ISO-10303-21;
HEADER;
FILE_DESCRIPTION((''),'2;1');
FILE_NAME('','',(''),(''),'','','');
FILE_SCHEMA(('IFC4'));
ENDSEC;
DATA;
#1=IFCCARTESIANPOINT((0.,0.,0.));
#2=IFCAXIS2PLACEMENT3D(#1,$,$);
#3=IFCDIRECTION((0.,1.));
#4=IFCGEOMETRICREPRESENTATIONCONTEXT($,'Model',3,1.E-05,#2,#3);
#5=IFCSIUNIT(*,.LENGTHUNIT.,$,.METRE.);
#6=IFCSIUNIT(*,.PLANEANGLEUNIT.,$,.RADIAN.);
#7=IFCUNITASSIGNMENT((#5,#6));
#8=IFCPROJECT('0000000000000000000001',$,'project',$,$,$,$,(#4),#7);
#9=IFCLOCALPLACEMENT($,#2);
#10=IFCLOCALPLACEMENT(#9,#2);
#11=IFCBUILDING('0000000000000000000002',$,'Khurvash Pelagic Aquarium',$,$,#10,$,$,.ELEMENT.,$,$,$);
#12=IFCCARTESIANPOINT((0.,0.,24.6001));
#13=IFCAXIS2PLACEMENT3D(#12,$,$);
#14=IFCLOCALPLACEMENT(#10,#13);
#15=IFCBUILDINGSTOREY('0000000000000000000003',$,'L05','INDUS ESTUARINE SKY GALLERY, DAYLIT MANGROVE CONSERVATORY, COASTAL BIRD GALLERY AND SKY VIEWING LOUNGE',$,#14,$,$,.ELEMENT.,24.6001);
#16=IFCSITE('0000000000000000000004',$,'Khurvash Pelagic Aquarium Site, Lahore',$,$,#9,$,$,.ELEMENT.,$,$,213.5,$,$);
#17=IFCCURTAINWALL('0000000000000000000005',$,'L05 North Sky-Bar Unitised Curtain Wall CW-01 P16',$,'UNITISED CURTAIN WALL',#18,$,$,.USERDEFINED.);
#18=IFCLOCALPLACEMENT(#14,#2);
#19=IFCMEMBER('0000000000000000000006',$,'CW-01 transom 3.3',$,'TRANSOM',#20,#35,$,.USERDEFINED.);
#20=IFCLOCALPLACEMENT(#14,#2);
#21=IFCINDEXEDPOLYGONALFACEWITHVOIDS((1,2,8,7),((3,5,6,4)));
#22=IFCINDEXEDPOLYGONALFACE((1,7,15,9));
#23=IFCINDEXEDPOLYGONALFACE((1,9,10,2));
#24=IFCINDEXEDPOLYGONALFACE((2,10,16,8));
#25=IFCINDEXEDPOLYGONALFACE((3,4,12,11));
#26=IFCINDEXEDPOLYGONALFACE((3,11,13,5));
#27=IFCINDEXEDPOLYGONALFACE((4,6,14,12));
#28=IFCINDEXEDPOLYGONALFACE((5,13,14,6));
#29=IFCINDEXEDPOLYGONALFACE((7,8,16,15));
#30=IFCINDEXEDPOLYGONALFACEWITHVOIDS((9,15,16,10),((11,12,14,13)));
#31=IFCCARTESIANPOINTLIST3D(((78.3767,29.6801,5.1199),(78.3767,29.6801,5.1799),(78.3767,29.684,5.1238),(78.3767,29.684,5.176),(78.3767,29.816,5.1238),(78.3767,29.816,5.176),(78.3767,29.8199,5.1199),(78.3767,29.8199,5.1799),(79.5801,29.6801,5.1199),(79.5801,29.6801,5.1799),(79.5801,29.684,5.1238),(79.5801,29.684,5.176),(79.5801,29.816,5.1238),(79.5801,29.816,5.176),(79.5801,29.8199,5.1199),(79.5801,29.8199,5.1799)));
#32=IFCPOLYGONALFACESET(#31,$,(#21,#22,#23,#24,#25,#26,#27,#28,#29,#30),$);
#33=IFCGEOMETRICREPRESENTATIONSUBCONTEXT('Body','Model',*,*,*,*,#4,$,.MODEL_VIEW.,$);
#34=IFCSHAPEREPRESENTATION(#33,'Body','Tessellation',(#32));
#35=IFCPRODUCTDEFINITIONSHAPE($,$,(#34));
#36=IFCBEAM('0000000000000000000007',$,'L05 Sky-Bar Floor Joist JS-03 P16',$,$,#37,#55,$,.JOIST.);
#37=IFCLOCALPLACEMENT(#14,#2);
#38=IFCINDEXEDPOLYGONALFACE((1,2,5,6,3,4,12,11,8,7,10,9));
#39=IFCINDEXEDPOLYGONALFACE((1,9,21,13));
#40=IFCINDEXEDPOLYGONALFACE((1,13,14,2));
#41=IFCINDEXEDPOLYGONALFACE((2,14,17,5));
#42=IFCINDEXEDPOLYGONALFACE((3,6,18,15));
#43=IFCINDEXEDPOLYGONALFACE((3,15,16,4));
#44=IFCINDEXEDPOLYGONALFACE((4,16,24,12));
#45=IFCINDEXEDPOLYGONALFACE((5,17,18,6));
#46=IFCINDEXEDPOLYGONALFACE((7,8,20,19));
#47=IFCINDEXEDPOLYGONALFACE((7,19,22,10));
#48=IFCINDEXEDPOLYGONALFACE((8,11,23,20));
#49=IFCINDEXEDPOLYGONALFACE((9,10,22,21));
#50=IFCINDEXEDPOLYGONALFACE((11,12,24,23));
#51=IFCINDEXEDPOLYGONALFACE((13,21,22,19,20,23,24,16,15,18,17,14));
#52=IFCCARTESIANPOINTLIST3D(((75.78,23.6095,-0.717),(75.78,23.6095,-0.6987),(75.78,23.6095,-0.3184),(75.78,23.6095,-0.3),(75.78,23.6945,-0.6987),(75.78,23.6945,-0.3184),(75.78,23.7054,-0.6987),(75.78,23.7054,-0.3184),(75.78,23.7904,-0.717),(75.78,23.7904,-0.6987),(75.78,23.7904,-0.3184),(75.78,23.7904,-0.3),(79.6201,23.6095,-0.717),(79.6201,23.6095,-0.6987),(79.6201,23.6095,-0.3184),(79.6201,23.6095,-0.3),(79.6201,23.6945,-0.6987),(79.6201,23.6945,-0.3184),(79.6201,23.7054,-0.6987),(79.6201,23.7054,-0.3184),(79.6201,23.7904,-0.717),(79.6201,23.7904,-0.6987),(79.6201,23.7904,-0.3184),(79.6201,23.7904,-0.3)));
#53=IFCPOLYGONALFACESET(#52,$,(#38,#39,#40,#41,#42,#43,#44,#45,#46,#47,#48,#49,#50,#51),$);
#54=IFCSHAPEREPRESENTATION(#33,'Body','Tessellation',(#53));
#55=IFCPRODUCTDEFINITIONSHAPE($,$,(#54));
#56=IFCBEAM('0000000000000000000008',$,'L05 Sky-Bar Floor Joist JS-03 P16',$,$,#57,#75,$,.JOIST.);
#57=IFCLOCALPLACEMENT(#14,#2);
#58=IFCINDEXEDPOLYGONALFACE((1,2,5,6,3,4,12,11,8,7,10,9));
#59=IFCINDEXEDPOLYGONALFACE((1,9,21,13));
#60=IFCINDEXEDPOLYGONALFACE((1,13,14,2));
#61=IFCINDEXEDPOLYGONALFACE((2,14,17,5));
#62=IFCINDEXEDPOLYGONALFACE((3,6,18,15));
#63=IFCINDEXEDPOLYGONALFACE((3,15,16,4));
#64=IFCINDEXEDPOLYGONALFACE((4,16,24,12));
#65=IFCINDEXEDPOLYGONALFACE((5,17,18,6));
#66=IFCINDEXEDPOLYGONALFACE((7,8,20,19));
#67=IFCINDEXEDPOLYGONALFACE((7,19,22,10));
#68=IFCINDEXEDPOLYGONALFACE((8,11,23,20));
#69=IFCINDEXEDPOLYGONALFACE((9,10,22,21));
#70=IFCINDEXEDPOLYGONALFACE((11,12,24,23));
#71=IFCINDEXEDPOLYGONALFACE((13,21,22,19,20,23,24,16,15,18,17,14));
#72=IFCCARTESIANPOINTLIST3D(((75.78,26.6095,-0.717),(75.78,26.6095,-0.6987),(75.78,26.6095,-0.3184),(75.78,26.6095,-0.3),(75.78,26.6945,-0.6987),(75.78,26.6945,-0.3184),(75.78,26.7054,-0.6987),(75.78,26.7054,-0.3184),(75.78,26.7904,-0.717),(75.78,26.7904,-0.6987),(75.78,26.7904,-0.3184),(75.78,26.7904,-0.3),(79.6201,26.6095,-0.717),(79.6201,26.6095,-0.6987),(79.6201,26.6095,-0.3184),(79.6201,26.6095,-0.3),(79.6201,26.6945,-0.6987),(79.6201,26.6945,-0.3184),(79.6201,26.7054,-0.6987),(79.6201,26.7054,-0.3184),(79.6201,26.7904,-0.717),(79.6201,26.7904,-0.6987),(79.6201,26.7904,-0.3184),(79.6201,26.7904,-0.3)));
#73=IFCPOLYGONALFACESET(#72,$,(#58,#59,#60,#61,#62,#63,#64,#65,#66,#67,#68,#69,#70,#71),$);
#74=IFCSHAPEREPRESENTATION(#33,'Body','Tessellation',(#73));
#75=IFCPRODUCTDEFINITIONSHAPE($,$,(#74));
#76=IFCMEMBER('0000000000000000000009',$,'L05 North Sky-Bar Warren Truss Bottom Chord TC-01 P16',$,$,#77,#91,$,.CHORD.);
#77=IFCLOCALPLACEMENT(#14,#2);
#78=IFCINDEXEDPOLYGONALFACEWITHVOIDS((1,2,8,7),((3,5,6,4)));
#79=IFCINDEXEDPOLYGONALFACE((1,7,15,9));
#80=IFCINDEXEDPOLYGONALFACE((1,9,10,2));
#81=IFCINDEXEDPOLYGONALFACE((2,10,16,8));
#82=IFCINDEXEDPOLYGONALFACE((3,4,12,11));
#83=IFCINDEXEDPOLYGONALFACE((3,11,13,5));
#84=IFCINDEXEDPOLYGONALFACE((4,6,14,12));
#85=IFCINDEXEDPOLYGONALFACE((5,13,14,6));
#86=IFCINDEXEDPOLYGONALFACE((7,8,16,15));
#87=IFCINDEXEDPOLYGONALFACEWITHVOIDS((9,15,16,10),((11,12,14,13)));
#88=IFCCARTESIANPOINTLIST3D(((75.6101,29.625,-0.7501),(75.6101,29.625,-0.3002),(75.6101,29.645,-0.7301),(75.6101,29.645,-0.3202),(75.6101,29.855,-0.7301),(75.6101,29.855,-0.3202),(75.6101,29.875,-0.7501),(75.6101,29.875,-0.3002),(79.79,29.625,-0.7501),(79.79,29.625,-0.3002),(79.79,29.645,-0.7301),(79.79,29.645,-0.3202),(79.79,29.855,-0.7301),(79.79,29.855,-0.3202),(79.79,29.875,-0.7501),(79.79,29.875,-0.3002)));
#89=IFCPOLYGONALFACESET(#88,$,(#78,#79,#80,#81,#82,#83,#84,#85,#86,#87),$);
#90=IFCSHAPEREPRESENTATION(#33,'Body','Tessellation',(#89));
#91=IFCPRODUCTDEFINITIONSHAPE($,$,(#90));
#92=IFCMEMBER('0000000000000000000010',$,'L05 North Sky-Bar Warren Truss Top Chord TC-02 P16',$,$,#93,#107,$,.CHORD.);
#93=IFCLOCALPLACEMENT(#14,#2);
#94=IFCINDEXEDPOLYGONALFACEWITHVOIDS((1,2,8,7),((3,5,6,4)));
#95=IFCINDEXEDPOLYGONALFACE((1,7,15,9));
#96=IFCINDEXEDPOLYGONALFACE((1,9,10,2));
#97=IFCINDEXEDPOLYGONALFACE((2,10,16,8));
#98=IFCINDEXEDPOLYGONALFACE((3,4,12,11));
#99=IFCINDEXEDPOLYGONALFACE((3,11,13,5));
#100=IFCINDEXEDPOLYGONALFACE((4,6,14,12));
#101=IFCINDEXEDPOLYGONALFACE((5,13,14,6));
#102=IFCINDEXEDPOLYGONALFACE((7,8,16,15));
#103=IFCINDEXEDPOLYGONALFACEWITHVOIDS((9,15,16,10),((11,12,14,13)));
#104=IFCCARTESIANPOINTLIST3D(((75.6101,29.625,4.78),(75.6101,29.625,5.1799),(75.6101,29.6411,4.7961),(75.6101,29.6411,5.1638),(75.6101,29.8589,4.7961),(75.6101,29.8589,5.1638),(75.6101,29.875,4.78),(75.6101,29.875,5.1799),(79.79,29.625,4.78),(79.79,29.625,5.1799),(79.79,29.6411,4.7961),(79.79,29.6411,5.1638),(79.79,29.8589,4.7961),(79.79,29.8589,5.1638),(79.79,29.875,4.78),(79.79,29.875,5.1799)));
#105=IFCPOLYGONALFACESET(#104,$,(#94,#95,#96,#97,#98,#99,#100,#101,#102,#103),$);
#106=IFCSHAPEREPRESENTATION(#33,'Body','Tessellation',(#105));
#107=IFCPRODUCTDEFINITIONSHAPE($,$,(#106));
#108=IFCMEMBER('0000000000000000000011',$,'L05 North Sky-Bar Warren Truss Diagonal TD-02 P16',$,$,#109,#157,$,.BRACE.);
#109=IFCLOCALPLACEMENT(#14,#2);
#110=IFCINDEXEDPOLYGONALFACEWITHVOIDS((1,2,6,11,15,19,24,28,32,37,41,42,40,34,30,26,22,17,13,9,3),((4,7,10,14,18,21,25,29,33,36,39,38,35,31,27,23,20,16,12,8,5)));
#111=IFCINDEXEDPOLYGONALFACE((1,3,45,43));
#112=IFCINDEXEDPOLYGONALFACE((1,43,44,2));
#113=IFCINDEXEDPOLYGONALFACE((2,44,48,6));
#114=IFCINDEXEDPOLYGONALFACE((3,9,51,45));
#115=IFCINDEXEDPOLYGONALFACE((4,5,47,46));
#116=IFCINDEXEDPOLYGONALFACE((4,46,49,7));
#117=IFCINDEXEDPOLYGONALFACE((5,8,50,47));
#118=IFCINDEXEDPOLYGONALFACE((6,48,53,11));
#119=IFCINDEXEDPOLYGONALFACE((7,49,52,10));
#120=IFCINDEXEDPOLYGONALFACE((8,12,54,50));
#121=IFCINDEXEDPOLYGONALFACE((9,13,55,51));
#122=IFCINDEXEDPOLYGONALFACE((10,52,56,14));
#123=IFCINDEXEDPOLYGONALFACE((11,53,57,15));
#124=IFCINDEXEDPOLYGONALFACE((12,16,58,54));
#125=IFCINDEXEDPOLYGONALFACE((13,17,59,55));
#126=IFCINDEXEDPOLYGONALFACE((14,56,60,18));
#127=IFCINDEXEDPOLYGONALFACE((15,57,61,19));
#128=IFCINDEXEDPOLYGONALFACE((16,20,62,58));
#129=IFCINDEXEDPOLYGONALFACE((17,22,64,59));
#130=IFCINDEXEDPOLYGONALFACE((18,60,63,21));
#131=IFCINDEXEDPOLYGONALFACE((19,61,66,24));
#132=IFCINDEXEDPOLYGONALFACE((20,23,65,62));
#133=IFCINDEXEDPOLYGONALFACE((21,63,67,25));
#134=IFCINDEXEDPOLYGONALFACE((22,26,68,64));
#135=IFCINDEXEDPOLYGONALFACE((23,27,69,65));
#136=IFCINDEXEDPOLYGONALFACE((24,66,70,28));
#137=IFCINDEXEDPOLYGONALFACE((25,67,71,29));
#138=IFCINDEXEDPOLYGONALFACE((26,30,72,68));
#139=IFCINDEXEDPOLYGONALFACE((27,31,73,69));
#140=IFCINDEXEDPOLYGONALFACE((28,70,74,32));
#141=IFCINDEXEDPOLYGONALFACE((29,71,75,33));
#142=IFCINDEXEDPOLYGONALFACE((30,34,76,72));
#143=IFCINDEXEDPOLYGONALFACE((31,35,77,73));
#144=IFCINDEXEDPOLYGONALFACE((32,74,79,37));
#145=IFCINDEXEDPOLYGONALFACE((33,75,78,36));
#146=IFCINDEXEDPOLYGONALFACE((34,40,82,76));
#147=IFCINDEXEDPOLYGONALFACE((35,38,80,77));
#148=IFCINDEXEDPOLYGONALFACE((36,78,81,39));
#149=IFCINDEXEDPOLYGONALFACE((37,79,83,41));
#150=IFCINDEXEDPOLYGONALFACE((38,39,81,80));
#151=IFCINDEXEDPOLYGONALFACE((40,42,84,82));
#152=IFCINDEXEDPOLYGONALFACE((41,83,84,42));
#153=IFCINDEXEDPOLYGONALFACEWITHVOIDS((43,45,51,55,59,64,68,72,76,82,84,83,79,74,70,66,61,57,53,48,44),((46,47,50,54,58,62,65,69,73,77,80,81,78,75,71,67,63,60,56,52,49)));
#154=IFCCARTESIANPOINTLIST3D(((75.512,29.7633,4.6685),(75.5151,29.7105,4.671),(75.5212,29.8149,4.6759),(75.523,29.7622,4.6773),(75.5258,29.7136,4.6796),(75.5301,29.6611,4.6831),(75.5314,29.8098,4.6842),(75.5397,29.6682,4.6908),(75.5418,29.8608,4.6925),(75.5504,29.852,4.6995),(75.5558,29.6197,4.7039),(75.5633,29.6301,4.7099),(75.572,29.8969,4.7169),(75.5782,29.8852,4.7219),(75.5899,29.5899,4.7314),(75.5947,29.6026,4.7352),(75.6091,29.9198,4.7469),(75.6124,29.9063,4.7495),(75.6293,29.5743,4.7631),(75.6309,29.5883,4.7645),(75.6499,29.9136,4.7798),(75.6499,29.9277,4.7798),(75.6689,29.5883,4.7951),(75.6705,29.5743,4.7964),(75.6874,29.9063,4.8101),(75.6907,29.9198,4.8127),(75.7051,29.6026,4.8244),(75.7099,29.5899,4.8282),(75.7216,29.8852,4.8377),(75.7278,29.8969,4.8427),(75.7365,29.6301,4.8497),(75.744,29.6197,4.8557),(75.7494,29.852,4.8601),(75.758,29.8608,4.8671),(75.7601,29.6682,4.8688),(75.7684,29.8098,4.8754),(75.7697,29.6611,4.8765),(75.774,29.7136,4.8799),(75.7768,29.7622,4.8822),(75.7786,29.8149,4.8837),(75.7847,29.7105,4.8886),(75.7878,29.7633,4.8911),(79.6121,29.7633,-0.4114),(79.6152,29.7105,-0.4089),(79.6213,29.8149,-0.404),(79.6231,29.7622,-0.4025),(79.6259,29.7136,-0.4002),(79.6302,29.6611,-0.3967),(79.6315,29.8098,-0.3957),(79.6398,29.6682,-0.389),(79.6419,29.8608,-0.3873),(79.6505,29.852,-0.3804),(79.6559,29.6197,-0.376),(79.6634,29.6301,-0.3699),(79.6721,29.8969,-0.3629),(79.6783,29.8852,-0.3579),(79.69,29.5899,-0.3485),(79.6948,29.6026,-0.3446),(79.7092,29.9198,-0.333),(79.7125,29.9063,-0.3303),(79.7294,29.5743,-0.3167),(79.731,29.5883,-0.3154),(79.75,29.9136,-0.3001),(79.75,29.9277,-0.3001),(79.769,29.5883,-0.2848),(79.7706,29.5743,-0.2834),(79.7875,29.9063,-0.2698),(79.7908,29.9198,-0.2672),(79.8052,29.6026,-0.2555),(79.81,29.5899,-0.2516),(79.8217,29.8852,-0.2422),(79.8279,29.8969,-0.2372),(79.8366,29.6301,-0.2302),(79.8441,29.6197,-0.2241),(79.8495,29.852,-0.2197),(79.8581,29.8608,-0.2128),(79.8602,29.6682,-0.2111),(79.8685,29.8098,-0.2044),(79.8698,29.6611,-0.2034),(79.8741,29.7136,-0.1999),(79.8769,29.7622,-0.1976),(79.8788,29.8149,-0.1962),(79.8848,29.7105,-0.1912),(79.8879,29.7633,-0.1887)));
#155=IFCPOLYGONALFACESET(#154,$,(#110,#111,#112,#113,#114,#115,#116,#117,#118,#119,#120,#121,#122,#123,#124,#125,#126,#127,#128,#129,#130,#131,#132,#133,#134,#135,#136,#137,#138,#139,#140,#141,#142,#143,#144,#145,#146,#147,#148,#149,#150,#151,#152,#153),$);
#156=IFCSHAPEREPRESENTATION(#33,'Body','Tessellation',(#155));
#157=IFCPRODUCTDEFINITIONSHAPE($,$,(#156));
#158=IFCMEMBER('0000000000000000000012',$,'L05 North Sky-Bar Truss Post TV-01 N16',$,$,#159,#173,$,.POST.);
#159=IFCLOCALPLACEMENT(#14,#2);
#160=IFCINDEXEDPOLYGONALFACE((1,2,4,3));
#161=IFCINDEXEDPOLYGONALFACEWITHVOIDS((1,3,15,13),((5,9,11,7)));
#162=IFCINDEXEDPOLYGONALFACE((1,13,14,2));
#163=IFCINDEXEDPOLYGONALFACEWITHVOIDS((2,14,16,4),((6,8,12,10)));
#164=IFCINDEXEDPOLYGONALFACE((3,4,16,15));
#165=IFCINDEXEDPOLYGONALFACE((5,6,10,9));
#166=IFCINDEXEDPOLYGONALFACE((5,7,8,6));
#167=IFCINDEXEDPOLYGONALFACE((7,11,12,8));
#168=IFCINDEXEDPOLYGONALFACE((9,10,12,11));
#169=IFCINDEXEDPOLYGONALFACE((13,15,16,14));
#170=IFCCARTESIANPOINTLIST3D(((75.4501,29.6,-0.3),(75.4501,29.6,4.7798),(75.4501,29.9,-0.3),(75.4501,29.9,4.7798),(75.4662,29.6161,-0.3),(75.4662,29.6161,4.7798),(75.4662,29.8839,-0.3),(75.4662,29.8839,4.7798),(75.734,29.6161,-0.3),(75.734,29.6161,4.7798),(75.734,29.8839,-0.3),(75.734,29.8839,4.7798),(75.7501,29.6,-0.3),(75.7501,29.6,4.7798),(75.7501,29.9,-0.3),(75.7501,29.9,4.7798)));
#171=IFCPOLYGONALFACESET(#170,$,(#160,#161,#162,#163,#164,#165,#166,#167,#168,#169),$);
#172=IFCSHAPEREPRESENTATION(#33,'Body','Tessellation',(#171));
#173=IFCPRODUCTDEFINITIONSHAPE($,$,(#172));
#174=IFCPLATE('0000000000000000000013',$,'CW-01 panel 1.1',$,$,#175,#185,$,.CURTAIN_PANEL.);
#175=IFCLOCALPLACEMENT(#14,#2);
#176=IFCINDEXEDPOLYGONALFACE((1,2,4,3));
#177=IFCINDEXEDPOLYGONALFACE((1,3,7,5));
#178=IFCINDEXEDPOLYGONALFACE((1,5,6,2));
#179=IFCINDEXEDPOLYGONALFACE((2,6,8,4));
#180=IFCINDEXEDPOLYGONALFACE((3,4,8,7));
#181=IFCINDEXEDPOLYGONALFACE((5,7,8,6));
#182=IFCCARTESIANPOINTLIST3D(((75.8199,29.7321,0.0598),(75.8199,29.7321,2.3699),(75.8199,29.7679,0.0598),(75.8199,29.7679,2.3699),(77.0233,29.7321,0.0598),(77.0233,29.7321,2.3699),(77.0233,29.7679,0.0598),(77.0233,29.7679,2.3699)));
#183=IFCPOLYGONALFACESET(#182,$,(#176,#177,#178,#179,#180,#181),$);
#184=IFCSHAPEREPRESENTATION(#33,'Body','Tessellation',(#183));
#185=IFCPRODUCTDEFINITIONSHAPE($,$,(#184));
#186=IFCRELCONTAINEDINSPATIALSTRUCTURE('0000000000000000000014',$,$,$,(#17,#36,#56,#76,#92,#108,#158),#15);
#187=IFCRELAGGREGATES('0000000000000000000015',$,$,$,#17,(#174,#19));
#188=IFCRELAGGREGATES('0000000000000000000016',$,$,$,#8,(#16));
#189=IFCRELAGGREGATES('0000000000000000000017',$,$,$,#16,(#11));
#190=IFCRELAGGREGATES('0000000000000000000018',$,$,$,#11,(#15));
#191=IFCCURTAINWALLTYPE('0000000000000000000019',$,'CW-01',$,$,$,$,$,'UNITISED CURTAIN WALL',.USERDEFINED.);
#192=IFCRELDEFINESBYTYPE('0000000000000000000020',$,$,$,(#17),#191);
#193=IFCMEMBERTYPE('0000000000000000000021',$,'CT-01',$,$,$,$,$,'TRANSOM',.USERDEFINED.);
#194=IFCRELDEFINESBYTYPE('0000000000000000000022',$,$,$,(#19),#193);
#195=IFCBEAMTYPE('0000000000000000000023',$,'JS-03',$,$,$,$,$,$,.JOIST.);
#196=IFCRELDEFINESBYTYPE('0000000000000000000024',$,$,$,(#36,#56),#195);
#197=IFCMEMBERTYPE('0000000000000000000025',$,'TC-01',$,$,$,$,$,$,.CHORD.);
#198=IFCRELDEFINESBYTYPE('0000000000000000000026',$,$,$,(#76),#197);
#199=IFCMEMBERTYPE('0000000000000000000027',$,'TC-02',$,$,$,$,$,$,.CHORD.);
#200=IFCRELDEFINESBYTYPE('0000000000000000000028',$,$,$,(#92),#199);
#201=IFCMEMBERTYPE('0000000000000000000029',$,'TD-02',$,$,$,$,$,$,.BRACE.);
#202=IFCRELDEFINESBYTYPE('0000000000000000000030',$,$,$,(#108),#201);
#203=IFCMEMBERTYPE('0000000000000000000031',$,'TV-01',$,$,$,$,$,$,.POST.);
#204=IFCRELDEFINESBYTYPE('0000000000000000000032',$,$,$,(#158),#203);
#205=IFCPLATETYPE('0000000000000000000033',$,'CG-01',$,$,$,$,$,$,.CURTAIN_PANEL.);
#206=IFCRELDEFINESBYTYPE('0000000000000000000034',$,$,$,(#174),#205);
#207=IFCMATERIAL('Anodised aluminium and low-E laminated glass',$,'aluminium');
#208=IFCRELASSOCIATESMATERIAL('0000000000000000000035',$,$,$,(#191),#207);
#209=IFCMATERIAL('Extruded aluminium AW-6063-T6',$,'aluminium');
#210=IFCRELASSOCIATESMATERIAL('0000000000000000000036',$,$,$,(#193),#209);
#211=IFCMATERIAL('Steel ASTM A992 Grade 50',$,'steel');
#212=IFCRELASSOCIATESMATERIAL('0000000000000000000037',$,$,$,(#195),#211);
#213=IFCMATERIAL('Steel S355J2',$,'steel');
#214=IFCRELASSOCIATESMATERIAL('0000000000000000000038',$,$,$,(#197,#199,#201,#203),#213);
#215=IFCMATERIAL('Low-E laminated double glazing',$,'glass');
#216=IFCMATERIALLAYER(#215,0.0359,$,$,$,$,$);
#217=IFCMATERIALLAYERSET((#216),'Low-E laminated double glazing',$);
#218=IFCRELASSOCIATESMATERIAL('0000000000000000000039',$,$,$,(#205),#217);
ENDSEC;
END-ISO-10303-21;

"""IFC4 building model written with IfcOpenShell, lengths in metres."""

from ifc_helpers import new_model, si_unit, direction, frame, origin, origin_2d, place, context, subcontext, project, spatial, rectangle, hollow_rectangle, hollow_circle, i_section, extrude, material, layer, layer_set, material_profile, profile_set, type_object, element, aggregate, save


model = new_model("IFC4")

# Units and contexts
model_context = context("Model", 3, precision=1e-05, world=origin(), true_north=direction((0.0, 1.0)))
body_context = subcontext(model_context, "Body", "Model", "MODEL_VIEW")
ifc_project = project(units=[si_unit("LENGTHUNIT", "METRE"), si_unit("PLANEANGLEUNIT", "RADIAN")], contexts=[model_context])

# Site, building, storey
site_placement = place(None, origin())
site = spatial("IfcSite", under=ifc_project, at=site_placement, Name="Khurvash Pelagic Aquarium Site, Lahore", CompositionType="ELEMENT", RefElevation=213.5)
building_placement = place(site_placement, origin())
building = spatial("IfcBuilding", under=site, at=building_placement, Name="Khurvash Pelagic Aquarium", CompositionType="ELEMENT")
storey_placement = place(building_placement, frame((0.0, 0.0, 24.6001)))
storey = spatial("IfcBuildingStorey", under=building, at=storey_placement, Name="L05", Description="INDUS ESTUARINE SKY GALLERY, DAYLIT MANGROVE CONSERVATORY, COASTAL BIRD GALLERY AND SKY VIEWING LOUNGE", CompositionType="ELEMENT", Elevation=24.6001)

# Curtain wall, member
ifc_material_1 = material(Name="Anodised aluminium and low-E laminated glass", Category="aluminium")
curtain_wall_type = type_object("IfcCurtainWallType", Name="CW-01", ElementType="UNITISED CURTAIN WALL", PredefinedType="USERDEFINED", material=ifc_material_1)
curtain_wall_placement = place(storey_placement, origin())
curtain_wall = element("IfcCurtainWall", 1, at=curtain_wall_placement, inside=storey, type_object=curtain_wall_type, Name="L05 North Sky-Bar Unitised Curtain Wall CW-01 P16", ObjectType="UNITISED CURTAIN WALL", PredefinedType="USERDEFINED")
ifc_material_2 = material(Name="Extruded aluminium AW-6063-T6", Category="aluminium")
ifc_material_profile_1 = material_profile(ifc_material_2, hollow_rectangle(XDim=0.1399, YDim=0.0601, WallThickness=0.0039, at=origin_2d()), Name="CWT140X60X4")
ifc_profile_set_1 = profile_set([ifc_material_profile_1], Name="Extruded aluminium AW-6063-T6")
member_type_1 = type_object("IfcMemberType", Name="CT-01", ElementType="TRANSOM", PredefinedType="USERDEFINED", material=ifc_profile_set_1)
member_1_placement = place(storey_placement, frame((78.3767, 29.75, 5.1499), z_axis=(1.0, 0.0, 0.0), x_axis=(0.0, 1.0, 0.0)))
member_1 = element("IfcMember", 2, at=member_1_placement, type_object=member_type_1, Name="CW-01 transom 3.3", ObjectType="TRANSOM", PredefinedType="USERDEFINED", context=body_context, shape_type="SweptSolid", body=[
    extrude(hollow_rectangle(XDim=0.1399, YDim=0.0601, WallThickness=0.0039, at=origin_2d()), origin(), (0.0, 0.0, 1.0), 1.2034),
])

# Beams
ifc_material_3 = material(Name="Steel ASTM A992 Grade 50", Category="steel")
ifc_material_profile_2 = material_profile(ifc_material_3, i_section(OverallWidth=0.1809, OverallDepth=0.417, WebThickness=0.011, FlangeThickness=0.0183, at=origin_2d()), Name="W16X57")
ifc_profile_set_2 = profile_set([ifc_material_profile_2], Name="Steel ASTM A992 Grade 50")
beam_type = type_object("IfcBeamType", Name="JS-03", PredefinedType="JOIST", material=ifc_profile_set_2)
for number, where, z_axis, x_axis, name in (
    (3, (75.78, 23.7, -0.5085), (1.0, 0.0, 0.0), (0.0, 1.0, 0.0), "L05 Sky-Bar Floor Joist JS-03 P16"),
    (4, (75.78, 26.7, -0.5085), (1.0, 0.0, 0.0), (0.0, 1.0, 0.0), "L05 Sky-Bar Floor Joist JS-03 P16"),
):
    element("IfcBeam", number, at=place(storey_placement, frame(where, z_axis=z_axis, x_axis=x_axis)), inside=storey, type_object=beam_type, Name=name, PredefinedType="JOIST", context=body_context, shape_type="SweptSolid", body=[
        extrude(i_section(OverallWidth=0.1809, OverallDepth=0.417, WebThickness=0.011, FlangeThickness=0.0183, at=origin_2d()), origin(), (0.0, 0.0, 1.0), 3.8401),
    ])

# Members
ifc_material_4 = material(Name="Steel S355J2", Category="steel")
ifc_material_profile_3 = material_profile(ifc_material_4, hollow_rectangle(XDim=0.25, YDim=0.45, WallThickness=0.02, at=origin_2d()), Name="RHS450X250X20")
ifc_profile_set_3 = profile_set([ifc_material_profile_3], Name="Steel S355J2")
member_type_2 = type_object("IfcMemberType", Name="TC-01", PredefinedType="CHORD", material=ifc_profile_set_3)
member_2_placement = place(storey_placement, frame((75.6101, 29.75, -0.5251), z_axis=(1.0, 0.0, 0.0), x_axis=(0.0, 1.0, 0.0)))
element("IfcMember", 5, at=member_2_placement, inside=storey, type_object=member_type_2, Name="L05 North Sky-Bar Warren Truss Bottom Chord TC-01 P16", PredefinedType="CHORD", context=body_context, shape_type="SweptSolid", body=[
    extrude(hollow_rectangle(XDim=0.25, YDim=0.45, WallThickness=0.02, at=origin_2d()), origin(), (0.0, 0.0, 1.0), 4.1799),
])
ifc_material_profile_4 = material_profile(ifc_material_4, hollow_rectangle(XDim=0.25, YDim=0.3999, WallThickness=0.0161, at=origin_2d()), Name="RHS400X250X16")
ifc_profile_set_4 = profile_set([ifc_material_profile_4], Name="Steel S355J2")
member_type_3 = type_object("IfcMemberType", Name="TC-02", PredefinedType="CHORD", material=ifc_profile_set_4)
member_3_placement = place(storey_placement, frame((75.6101, 29.75, 4.98), z_axis=(1.0, 0.0, 0.0), x_axis=(0.0, 1.0, 0.0)))
element("IfcMember", 6, at=member_3_placement, inside=storey, type_object=member_type_3, Name="L05 North Sky-Bar Warren Truss Top Chord TC-02 P16", PredefinedType="CHORD", context=body_context, shape_type="SweptSolid", body=[
    extrude(hollow_rectangle(XDim=0.25, YDim=0.3999, WallThickness=0.0161, at=origin_2d()), origin(), (0.0, 0.0, 1.0), 4.1799),
])
ifc_material_profile_5 = material_profile(ifc_material_4, hollow_circle(Radius=0.1777, WallThickness=0.0142, at=origin_2d()), Name="CHS355X14")
ifc_profile_set_5 = profile_set([ifc_material_profile_5], Name="Steel S355J2")
member_type_4 = type_object("IfcMemberType", Name="TD-02", PredefinedType="BRACE", material=ifc_profile_set_5)
member_4_placement = place(storey_placement, frame((75.6499, 29.75, 4.7798), z_axis=(0.628073, 0.0, -0.778154), x_axis=(0.0, 1.0, 0.0)))
element("IfcMember", 7, at=member_4_placement, inside=storey, type_object=member_type_4, Name="L05 North Sky-Bar Warren Truss Diagonal TD-02 P16", PredefinedType="BRACE", context=body_context, shape_type="SweptSolid", body=[
    extrude(hollow_circle(Radius=0.1777, WallThickness=0.0142, at=origin_2d()), origin(), (0.0, 0.0, 1.0), 6.5281),
])
ifc_material_profile_6 = material_profile(ifc_material_4, hollow_rectangle(XDim=0.3, YDim=0.3, WallThickness=0.0161, at=origin_2d()), Name="SHS300X300X16")
ifc_profile_set_6 = profile_set([ifc_material_profile_6], Name="Steel S355J2")
member_type_5 = type_object("IfcMemberType", Name="TV-01", PredefinedType="POST", material=ifc_profile_set_6)
member_5_placement = place(storey_placement, frame((75.6001, 29.75, -0.3), z_axis=(0.0, 0.0, 1.0), x_axis=(1.0, 0.0, 0.0)))
element("IfcMember", 8, at=member_5_placement, inside=storey, type_object=member_type_5, Name="L05 North Sky-Bar Truss Post TV-01 N16", PredefinedType="POST", context=body_context, shape_type="SweptSolid", body=[
    extrude(hollow_rectangle(XDim=0.3, YDim=0.3, WallThickness=0.0161, at=origin_2d()), origin(), (0.0, 0.0, 1.0), 5.0798),
])

# Plate
ifc_material_5 = material(Name="Low-E laminated double glazing", Category="glass")
ifc_layer_1 = layer(ifc_material_5, 0.0359)
ifc_layer_set_1 = layer_set([ifc_layer_1], Name="Low-E laminated double glazing")
plate_type_1 = type_object("IfcPlateType", Name="CG-01", PredefinedType="CURTAIN_PANEL", material=ifc_layer_set_1)
plate_1_placement = place(storey_placement, frame((76.4216, 29.75, 0.0598), z_axis=(0.0, 0.0, 1.0), x_axis=(1.0, 0.0, 0.0)))
plate_1 = element("IfcPlate", 9, at=plate_1_placement, type_object=plate_type_1, Name="CW-01 panel 1.1", PredefinedType="CURTAIN_PANEL", context=body_context, shape_type="SweptSolid", body=[
    extrude(rectangle(XDim=1.2034, YDim=0.0359, at=origin_2d()), origin(), (0.0, 0.0, 1.0), 2.3101),
])
aggregate(curtain_wall, [plate_1, member_1])

save(model, "model.ifc")
